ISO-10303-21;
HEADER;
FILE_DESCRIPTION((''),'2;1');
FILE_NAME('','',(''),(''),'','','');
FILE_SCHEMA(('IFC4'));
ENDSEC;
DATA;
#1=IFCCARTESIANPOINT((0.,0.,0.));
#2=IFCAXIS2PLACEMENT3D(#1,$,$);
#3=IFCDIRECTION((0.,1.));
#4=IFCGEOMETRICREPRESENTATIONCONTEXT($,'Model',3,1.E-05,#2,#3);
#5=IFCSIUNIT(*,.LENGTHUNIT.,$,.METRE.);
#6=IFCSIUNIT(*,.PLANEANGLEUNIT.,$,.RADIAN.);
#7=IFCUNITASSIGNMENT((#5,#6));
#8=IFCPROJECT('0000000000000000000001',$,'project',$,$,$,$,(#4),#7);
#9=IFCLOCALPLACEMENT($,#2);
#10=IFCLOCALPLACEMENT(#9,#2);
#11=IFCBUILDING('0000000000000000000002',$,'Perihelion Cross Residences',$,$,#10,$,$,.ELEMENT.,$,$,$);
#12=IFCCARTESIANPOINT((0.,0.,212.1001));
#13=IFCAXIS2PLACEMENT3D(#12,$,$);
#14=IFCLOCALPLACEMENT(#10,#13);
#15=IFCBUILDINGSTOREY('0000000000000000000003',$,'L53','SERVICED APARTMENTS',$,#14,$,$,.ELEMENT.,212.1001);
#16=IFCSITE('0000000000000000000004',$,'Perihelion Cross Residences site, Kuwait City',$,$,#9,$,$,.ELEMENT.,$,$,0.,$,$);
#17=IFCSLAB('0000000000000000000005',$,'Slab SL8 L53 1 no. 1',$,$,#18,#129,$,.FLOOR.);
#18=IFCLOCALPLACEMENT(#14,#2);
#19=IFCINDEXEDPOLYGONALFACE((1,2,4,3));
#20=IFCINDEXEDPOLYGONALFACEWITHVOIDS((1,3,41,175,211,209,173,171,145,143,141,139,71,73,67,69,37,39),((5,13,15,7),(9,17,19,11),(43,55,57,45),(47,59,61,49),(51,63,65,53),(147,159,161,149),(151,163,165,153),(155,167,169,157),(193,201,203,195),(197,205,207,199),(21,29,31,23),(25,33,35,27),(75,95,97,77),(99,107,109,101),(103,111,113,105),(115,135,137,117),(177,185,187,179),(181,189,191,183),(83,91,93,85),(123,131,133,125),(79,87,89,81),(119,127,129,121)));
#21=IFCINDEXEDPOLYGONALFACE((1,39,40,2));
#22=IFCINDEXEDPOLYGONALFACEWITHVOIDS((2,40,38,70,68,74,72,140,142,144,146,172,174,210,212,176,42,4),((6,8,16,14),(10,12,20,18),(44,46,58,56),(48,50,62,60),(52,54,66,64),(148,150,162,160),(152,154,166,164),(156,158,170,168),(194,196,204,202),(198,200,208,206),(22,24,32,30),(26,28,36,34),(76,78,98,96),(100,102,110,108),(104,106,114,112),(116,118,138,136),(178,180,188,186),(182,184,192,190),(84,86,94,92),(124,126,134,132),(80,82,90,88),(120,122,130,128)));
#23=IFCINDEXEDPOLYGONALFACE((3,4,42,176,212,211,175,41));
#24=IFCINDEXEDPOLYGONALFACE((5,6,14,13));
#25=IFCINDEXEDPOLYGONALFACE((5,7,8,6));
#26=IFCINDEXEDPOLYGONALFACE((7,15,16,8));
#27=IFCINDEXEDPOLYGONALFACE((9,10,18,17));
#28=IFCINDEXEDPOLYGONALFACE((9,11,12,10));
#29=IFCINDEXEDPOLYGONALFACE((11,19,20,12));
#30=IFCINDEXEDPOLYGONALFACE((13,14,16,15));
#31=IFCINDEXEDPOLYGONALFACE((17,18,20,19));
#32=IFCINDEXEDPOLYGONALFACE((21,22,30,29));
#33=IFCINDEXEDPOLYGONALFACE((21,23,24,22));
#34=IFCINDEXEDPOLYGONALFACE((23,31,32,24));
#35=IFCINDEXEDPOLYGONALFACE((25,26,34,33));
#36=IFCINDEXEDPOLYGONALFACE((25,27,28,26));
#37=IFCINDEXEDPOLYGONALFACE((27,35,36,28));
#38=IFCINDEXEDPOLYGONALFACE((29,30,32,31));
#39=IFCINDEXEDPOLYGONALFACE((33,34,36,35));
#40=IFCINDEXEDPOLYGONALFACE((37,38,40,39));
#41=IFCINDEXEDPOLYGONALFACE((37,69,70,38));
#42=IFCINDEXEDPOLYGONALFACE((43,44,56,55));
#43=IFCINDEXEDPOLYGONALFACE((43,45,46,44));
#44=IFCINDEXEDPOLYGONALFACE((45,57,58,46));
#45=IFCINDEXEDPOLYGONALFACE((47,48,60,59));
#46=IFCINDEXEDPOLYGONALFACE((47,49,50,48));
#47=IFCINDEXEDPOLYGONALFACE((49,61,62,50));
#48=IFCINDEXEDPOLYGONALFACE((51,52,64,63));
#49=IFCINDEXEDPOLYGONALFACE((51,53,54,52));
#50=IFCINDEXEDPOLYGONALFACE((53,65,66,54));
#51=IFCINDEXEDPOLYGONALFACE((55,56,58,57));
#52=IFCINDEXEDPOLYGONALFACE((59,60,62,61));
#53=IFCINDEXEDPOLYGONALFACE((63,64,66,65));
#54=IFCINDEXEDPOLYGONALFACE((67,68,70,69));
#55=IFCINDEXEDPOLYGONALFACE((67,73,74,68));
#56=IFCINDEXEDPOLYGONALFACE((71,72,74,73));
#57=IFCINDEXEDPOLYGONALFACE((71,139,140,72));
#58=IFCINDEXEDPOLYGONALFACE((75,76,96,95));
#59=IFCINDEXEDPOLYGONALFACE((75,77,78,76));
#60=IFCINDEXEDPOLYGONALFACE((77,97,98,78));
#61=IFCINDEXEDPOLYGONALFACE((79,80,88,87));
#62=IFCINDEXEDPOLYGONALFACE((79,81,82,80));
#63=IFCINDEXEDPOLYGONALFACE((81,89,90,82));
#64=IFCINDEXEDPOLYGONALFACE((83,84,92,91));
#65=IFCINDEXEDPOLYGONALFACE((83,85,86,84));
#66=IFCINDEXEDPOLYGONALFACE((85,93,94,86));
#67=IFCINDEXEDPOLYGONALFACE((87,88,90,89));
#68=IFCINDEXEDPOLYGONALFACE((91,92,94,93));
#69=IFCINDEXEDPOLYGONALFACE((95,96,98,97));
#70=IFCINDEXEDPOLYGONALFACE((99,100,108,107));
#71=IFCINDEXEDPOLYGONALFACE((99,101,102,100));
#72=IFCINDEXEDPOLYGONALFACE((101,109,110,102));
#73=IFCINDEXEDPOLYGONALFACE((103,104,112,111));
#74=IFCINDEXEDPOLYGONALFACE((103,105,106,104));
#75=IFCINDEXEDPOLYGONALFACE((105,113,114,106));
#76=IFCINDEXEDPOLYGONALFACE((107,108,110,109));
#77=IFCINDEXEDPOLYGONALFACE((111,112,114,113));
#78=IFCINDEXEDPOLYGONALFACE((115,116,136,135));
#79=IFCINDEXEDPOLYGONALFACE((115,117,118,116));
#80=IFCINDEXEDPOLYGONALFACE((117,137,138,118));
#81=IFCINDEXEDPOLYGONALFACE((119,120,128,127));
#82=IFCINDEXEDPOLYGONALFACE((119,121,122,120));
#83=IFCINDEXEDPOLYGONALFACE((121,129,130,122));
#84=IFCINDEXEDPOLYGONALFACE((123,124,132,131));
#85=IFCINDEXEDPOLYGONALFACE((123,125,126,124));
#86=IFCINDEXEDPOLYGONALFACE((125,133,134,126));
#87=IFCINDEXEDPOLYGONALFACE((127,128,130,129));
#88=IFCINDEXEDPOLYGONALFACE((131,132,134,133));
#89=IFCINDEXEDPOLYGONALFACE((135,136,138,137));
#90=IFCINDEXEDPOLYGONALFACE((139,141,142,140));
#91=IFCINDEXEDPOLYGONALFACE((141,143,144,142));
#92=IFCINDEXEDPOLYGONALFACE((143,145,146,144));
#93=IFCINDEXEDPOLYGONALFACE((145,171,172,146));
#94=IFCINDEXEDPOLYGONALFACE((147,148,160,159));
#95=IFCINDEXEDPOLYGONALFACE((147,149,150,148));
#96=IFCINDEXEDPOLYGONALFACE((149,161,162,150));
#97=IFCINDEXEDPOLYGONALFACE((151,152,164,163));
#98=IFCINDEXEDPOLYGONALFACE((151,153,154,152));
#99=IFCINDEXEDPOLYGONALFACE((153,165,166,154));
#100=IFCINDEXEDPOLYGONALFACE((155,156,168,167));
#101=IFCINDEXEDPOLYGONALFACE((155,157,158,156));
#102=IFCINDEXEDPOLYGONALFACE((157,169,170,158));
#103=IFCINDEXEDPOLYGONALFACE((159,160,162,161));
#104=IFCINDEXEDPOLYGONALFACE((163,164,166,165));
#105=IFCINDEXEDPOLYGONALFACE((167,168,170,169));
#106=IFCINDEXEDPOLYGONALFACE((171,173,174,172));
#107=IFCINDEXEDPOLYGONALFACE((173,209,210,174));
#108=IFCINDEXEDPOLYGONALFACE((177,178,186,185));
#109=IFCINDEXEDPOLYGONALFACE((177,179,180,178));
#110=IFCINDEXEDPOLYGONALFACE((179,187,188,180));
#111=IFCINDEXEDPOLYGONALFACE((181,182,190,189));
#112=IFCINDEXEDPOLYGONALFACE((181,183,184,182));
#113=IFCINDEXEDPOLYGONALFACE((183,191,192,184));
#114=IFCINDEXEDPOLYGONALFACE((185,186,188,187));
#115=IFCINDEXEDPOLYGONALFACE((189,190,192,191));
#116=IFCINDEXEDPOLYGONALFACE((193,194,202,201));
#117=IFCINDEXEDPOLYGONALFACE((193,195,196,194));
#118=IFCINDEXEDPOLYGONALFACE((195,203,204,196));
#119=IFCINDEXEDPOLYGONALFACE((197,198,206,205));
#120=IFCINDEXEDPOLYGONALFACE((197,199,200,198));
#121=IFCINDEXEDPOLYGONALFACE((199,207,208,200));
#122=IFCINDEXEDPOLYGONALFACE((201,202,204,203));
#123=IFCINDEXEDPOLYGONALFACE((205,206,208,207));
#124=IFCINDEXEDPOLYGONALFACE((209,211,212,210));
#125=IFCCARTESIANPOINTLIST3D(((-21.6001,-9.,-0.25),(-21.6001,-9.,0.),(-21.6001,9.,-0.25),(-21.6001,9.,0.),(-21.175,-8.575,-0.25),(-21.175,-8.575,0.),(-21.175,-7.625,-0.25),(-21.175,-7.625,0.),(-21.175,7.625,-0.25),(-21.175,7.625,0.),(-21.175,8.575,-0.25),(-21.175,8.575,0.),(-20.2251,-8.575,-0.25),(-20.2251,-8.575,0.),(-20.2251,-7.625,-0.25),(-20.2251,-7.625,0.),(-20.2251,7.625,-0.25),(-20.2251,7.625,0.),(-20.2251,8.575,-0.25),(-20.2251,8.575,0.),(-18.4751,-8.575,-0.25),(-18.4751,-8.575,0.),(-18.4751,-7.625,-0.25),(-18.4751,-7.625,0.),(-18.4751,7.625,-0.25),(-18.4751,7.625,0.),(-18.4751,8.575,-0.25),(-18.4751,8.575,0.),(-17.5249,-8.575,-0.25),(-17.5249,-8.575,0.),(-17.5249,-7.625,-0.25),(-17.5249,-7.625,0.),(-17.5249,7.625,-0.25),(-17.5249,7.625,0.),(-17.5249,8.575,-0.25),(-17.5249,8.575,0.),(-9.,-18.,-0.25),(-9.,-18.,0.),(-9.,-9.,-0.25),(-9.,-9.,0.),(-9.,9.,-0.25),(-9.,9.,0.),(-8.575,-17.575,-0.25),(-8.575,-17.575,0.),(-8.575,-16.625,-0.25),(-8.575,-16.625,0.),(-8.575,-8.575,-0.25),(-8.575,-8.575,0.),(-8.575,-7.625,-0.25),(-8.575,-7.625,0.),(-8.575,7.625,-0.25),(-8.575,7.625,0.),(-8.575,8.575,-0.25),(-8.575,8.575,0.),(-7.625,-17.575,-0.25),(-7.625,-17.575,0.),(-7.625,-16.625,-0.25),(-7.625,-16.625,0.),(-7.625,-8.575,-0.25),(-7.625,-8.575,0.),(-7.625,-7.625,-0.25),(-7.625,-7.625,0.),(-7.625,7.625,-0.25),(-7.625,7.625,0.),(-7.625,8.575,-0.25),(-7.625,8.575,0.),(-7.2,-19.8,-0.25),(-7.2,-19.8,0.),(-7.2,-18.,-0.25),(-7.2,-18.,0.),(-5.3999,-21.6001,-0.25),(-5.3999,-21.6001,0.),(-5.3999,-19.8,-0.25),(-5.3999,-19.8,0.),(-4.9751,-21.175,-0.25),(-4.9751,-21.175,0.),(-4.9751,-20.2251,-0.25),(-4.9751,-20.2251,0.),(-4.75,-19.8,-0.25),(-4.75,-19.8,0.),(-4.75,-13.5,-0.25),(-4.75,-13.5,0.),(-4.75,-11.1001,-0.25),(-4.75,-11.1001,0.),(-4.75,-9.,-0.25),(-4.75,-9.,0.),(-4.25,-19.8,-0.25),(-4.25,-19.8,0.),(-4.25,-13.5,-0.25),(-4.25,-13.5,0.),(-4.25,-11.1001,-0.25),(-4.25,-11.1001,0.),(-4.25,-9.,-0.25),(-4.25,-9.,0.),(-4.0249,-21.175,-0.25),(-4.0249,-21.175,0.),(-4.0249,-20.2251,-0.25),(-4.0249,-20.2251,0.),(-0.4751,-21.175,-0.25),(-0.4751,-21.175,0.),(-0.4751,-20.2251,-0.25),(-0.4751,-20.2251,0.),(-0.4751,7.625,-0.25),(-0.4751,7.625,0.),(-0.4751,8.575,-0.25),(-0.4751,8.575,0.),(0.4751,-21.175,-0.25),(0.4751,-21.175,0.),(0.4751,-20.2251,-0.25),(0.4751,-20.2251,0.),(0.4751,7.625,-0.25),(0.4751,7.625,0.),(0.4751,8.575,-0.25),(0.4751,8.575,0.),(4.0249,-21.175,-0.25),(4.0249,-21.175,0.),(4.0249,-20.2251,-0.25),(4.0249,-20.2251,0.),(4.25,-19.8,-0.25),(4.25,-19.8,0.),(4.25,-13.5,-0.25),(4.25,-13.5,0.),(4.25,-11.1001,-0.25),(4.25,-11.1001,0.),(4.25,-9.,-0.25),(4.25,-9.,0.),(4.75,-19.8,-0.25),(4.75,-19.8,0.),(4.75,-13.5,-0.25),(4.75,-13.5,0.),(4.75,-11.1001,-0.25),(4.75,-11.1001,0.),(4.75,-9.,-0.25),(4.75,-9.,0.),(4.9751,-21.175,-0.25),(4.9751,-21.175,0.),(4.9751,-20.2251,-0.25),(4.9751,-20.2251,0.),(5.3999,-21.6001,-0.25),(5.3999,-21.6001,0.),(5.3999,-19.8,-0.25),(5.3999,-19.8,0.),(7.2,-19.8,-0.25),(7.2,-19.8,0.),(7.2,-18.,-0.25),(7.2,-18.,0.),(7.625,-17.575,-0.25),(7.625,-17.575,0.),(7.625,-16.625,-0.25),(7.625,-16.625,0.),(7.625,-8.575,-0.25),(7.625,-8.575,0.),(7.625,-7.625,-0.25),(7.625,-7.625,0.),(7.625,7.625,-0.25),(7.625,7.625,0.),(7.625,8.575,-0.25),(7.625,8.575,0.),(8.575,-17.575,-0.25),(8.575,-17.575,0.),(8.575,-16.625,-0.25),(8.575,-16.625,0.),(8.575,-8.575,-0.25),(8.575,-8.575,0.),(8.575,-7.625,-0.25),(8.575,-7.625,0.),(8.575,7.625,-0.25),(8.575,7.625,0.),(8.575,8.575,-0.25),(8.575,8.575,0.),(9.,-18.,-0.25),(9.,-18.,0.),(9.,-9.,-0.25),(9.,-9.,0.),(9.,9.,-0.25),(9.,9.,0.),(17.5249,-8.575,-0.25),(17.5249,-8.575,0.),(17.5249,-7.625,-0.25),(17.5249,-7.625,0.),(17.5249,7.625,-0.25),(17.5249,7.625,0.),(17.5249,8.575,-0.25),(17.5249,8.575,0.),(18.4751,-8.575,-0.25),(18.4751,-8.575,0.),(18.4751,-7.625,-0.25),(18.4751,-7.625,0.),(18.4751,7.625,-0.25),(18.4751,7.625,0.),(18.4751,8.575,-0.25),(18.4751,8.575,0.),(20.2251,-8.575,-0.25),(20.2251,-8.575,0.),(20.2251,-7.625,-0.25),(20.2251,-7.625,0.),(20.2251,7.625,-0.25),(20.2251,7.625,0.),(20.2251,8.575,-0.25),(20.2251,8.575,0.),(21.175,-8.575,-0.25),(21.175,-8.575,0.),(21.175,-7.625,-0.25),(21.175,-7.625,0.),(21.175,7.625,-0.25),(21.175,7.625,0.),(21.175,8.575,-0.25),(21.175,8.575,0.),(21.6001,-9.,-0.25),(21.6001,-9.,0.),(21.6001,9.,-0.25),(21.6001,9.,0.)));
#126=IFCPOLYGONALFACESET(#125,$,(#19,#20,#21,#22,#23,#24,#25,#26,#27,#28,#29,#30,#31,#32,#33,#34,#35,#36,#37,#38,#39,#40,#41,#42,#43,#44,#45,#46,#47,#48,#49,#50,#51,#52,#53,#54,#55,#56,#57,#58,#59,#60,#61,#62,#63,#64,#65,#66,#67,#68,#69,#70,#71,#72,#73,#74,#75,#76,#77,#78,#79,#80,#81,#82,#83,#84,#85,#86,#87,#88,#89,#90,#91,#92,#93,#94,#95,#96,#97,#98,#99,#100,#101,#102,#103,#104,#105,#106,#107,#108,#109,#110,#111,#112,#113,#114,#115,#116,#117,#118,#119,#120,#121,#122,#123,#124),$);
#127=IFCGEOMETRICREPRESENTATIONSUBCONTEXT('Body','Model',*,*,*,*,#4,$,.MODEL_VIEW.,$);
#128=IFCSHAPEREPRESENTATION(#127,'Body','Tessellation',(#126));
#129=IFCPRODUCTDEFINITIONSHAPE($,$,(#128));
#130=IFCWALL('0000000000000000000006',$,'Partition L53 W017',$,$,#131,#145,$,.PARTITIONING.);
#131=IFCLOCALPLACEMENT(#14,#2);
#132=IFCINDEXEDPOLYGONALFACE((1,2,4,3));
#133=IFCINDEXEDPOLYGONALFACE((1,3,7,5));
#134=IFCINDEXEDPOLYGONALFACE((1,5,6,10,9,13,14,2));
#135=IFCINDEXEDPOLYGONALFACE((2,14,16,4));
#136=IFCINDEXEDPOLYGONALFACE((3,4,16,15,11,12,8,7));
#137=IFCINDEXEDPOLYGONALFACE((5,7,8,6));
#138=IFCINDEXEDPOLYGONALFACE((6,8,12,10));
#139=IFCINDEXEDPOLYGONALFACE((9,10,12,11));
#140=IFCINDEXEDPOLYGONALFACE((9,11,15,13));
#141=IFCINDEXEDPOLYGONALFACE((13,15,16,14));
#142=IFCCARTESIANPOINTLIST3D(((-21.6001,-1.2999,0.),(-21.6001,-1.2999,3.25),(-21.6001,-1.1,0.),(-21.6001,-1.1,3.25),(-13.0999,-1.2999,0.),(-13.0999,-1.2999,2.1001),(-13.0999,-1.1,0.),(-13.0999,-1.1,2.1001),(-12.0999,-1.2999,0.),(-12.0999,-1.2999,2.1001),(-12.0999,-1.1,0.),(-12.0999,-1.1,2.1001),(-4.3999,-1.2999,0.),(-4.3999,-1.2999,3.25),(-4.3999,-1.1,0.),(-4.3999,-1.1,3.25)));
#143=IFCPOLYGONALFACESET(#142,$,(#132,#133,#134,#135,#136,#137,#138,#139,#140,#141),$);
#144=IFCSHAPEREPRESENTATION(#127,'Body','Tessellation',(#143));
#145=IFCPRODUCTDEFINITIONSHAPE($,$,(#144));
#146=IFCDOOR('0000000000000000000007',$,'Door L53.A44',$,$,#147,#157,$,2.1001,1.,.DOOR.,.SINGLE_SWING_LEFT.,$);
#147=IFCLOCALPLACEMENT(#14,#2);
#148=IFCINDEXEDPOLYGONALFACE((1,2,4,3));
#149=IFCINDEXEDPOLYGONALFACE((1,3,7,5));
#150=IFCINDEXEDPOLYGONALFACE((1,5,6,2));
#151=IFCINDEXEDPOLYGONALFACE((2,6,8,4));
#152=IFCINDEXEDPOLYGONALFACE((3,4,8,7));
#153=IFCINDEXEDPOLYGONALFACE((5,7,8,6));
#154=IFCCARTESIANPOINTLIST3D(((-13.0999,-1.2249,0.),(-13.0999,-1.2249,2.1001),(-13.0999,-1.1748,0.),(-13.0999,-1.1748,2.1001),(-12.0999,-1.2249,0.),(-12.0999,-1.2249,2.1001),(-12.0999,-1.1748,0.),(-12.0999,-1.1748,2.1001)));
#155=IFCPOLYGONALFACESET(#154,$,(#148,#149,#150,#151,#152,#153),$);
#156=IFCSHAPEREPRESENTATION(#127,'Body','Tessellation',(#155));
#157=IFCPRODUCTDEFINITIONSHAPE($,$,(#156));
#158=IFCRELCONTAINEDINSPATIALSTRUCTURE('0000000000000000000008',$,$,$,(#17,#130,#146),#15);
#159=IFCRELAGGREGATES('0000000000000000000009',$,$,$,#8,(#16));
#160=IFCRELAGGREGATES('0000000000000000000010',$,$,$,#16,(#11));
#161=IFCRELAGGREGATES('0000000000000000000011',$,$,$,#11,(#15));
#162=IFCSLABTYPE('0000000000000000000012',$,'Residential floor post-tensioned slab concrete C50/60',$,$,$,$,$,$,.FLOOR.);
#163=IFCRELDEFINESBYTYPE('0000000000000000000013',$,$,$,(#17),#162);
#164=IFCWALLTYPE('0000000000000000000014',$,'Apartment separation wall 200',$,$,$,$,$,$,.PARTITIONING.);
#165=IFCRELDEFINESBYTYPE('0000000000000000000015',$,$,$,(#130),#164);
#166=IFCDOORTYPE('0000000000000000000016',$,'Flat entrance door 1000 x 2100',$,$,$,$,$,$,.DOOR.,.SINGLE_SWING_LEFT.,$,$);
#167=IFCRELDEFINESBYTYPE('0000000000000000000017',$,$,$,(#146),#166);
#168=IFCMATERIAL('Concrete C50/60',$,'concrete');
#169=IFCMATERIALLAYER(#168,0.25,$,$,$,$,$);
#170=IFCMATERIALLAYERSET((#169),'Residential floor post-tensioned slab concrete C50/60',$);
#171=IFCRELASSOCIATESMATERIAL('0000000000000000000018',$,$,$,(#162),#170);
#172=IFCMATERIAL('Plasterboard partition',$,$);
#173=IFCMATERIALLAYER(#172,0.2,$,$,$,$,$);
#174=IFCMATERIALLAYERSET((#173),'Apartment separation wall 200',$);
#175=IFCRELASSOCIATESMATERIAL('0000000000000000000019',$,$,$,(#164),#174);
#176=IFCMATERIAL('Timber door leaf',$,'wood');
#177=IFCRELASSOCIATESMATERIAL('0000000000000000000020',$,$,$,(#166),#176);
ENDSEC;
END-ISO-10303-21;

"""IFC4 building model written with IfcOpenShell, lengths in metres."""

from ifc_helpers import new_model, si_unit, direction, frame, frame_2d, origin, place, context, subcontext, project, spatial, polyline, rectangle, outline, extrude, material, layer, layer_set, type_object, element, fill, save


model = new_model("IFC4")

# Units and contexts
model_context = context("Model", 3, precision=1e-05, world=origin(), true_north=direction((0.0, 1.0)))
body_context = subcontext(model_context, "Body", "Model", "MODEL_VIEW")
ifc_project = project(units=[si_unit("LENGTHUNIT", "METRE"), si_unit("PLANEANGLEUNIT", "RADIAN")], contexts=[model_context])

# Site, building, storey
site_placement = place(None, origin())
site = spatial("IfcSite", under=ifc_project, at=site_placement, Name="Perihelion Cross Residences site, Kuwait City", CompositionType="ELEMENT", RefElevation=0.0)
building_placement = place(site_placement, origin())
building = spatial("IfcBuilding", under=site, at=building_placement, Name="Perihelion Cross Residences", CompositionType="ELEMENT")
storey_placement = place(building_placement, frame((0.0, 0.0, 212.1001)))
storey = spatial("IfcBuildingStorey", under=building, at=storey_placement, Name="L53", Description="SERVICED APARTMENTS", CompositionType="ELEMENT", Elevation=212.1001)

# Slab
ifc_material_1 = material(Name="Concrete C50/60", Category="concrete")
ifc_layer_1 = layer(ifc_material_1, 0.25)
ifc_layer_set_1 = layer_set([ifc_layer_1], Name="Residential floor post-tensioned slab concrete C50/60")
slab_type_1 = type_object("IfcSlabType", Name="Residential floor post-tensioned slab concrete C50/60", PredefinedType="FLOOR", material=ifc_layer_set_1)
slab_1_placement = place(storey_placement, frame((0.0, 0.0, -0.25)))
element("IfcSlab", 1, at=slab_1_placement, inside=storey, type_object=slab_type_1, Name="Slab SL8 L53 1 no. 1", PredefinedType="FLOOR", context=body_context, shape_type="SweptSolid", body=[
    extrude(outline(polyline([(-9.0, 9.0), (9.0, 9.0), (21.6001, 9.0), (21.6001, -9.0), (9.0, -9.0), (9.0, -18.0), (7.2, -18.0), (7.2, -19.8), (5.3999, -19.8), (5.3999, -21.6001), (-5.3999, -21.6001), (-5.3999, -19.8), (-7.2, -19.8), (-7.2, -18.0), (-9.0, -18.0), (-9.0, -9.0), (-21.6001, -9.0), (-21.6001, 9.0), (-9.0, 9.0)]), holes=[polyline([(-4.0249, -20.2251), (-4.9751, -20.2251), (-4.9751, -21.175), (-4.0249, -21.175), (-4.0249, -20.2251)]), polyline([(0.4751, -21.175), (0.4751, -20.2251), (-0.4751, -20.2251), (-0.4751, -21.175), (0.4751, -21.175)]), polyline([(-7.625, -17.575), (-7.625, -16.625), (-8.575, -16.625), (-8.575, -17.575), (-7.625, -17.575)]), polyline([(-4.25, -13.5), (-4.75, -13.5), (-4.75, -19.8), (-4.25, -19.8), (-4.25, -13.5)]), polyline([(-4.25, -11.1001), (-4.25, -9.0), (-4.75, -9.0), (-4.75, -11.1001), (-4.25, -11.1001)]), polyline([(-20.2251, -8.575), (-20.2251, -7.625), (-21.175, -7.625), (-21.175, -8.575), (-20.2251, -8.575)]), polyline([(-17.5249, -7.625), (-18.4751, -7.625), (-18.4751, -8.575), (-17.5249, -8.575), (-17.5249, -7.625)]), polyline([(-7.625, -8.575), (-7.625, -7.625), (-8.575, -7.625), (-8.575, -8.575), (-7.625, -8.575)]), polyline([(-20.2251, 8.575), (-21.175, 8.575), (-21.175, 7.625), (-20.2251, 7.625), (-20.2251, 8.575)]), polyline([(-17.5249, 7.625), (-17.5249, 8.575), (-18.4751, 8.575), (-18.4751, 7.625), (-17.5249, 7.625)]), polyline([(-7.625, 7.625), (-7.625, 8.575), (-8.575, 8.575), (-8.575, 7.625), (-7.625, 7.625)]), polyline([(4.9751, -20.2251), (4.0249, -20.2251), (4.0249, -21.175), (4.9751, -21.175), (4.9751, -20.2251)]), polyline([(8.575, -17.575), (8.575, -16.625), (7.625, -16.625), (7.625, -17.575), (8.575, -17.575)]), polyline([(4.75, -19.8), (4.75, -13.5), (4.25, -13.5), (4.25, -19.8), (4.75, -19.8)]), polyline([(4.75, -9.0), (4.25, -9.0), (4.25, -11.1001), (4.75, -11.1001), (4.75, -9.0)]), polyline([(8.575, -8.575), (8.575, -7.625), (7.625, -7.625), (7.625, -8.575), (8.575, -8.575)]), polyline([(18.4751, -8.575), (18.4751, -7.625), (17.5249, -7.625), (17.5249, -8.575), (18.4751, -8.575)]), polyline([(21.175, -7.625), (20.2251, -7.625), (20.2251, -8.575), (21.175, -8.575), (21.175, -7.625)]), polyline([(0.4751, 7.625), (0.4751, 8.575), (-0.4751, 8.575), (-0.4751, 7.625), (0.4751, 7.625)]), polyline([(8.575, 8.575), (7.625, 8.575), (7.625, 7.625), (8.575, 7.625), (8.575, 8.575)]), polyline([(18.4751, 7.625), (18.4751, 8.575), (17.5249, 8.575), (17.5249, 7.625), (18.4751, 7.625)]), polyline([(21.175, 7.625), (21.175, 8.575), (20.2251, 8.575), (20.2251, 7.625), (21.175, 7.625)])]), origin(), (0.0, 0.0, 1.0), 0.25),
])

# Wall, opening, door
ifc_material_2 = material(Name="Plasterboard partition")
ifc_layer_2 = layer(ifc_material_2, 0.2)
ifc_layer_set_2 = layer_set([ifc_layer_2], Name="Apartment separation wall 200")
wall_type_1 = type_object("IfcWallType", Name="Apartment separation wall 200", PredefinedType="PARTITIONING", material=ifc_layer_set_2)
wall_1_placement = place(storey_placement, frame((-4.3999, -1.2, 0.0), z_axis=(0.0, 0.0, 1.0), x_axis=(-1.0, 0.0, 0.0)))
wall_1 = element("IfcWall", 2, at=wall_1_placement, inside=storey, type_object=wall_type_1, Name="Partition L53 W017", PredefinedType="PARTITIONING", context=body_context, shape_type="SweptSolid", body=[
    extrude(rectangle(XDim=17.2002, YDim=0.2, at=frame_2d((8.6001, 0.0))), origin(), (0.0, 0.0, 1.0), 3.25),
])
opening_1_placement = place(wall_1_placement, frame((7.7, 0.0, 0.0)))
opening_1 = element("IfcOpeningElement", 3, at=opening_1_placement, cuts=wall_1, PredefinedType="OPENING", context=body_context, shape_type="SweptSolid", body=[
    extrude(rectangle(XDim=1.0, YDim=2.1001, at=frame_2d((0.5, 1.05))), frame((0.0, 0.1099, 0.0), z_axis=(0.0, -1.0, 0.0), x_axis=(1.0, 0.0, 0.0)), (0.0, 0.0, 1.0), 0.22),
])
ifc_material_3 = material(Name="Timber door leaf", Category="wood")
door_type_1 = type_object("IfcDoorType", Name="Flat entrance door 1000 x 2100", OperationType="SINGLE_SWING_LEFT", PredefinedType="DOOR", material=ifc_material_3)
door_1_placement = place(opening_1_placement, origin())
door_1 = element("IfcDoor", 4, at=door_1_placement, inside=storey, type_object=door_type_1, Name="Door L53.A44", OperationType="SINGLE_SWING_LEFT", OverallHeight=2.1001, OverallWidth=1.0, PredefinedType="DOOR", context=body_context, shape_type="SweptSolid", body=[
    extrude(rectangle(XDim=1.0, YDim=2.1001, at=frame_2d((0.5, 1.05))), frame((0.0, 0.0249, 0.0), z_axis=(0.0, -1.0, 0.0), x_axis=(1.0, 0.0, 0.0)), (0.0, 0.0, 1.0), 0.05),
])
fill(opening_1, door_1)

save(model, "model.ifc")
